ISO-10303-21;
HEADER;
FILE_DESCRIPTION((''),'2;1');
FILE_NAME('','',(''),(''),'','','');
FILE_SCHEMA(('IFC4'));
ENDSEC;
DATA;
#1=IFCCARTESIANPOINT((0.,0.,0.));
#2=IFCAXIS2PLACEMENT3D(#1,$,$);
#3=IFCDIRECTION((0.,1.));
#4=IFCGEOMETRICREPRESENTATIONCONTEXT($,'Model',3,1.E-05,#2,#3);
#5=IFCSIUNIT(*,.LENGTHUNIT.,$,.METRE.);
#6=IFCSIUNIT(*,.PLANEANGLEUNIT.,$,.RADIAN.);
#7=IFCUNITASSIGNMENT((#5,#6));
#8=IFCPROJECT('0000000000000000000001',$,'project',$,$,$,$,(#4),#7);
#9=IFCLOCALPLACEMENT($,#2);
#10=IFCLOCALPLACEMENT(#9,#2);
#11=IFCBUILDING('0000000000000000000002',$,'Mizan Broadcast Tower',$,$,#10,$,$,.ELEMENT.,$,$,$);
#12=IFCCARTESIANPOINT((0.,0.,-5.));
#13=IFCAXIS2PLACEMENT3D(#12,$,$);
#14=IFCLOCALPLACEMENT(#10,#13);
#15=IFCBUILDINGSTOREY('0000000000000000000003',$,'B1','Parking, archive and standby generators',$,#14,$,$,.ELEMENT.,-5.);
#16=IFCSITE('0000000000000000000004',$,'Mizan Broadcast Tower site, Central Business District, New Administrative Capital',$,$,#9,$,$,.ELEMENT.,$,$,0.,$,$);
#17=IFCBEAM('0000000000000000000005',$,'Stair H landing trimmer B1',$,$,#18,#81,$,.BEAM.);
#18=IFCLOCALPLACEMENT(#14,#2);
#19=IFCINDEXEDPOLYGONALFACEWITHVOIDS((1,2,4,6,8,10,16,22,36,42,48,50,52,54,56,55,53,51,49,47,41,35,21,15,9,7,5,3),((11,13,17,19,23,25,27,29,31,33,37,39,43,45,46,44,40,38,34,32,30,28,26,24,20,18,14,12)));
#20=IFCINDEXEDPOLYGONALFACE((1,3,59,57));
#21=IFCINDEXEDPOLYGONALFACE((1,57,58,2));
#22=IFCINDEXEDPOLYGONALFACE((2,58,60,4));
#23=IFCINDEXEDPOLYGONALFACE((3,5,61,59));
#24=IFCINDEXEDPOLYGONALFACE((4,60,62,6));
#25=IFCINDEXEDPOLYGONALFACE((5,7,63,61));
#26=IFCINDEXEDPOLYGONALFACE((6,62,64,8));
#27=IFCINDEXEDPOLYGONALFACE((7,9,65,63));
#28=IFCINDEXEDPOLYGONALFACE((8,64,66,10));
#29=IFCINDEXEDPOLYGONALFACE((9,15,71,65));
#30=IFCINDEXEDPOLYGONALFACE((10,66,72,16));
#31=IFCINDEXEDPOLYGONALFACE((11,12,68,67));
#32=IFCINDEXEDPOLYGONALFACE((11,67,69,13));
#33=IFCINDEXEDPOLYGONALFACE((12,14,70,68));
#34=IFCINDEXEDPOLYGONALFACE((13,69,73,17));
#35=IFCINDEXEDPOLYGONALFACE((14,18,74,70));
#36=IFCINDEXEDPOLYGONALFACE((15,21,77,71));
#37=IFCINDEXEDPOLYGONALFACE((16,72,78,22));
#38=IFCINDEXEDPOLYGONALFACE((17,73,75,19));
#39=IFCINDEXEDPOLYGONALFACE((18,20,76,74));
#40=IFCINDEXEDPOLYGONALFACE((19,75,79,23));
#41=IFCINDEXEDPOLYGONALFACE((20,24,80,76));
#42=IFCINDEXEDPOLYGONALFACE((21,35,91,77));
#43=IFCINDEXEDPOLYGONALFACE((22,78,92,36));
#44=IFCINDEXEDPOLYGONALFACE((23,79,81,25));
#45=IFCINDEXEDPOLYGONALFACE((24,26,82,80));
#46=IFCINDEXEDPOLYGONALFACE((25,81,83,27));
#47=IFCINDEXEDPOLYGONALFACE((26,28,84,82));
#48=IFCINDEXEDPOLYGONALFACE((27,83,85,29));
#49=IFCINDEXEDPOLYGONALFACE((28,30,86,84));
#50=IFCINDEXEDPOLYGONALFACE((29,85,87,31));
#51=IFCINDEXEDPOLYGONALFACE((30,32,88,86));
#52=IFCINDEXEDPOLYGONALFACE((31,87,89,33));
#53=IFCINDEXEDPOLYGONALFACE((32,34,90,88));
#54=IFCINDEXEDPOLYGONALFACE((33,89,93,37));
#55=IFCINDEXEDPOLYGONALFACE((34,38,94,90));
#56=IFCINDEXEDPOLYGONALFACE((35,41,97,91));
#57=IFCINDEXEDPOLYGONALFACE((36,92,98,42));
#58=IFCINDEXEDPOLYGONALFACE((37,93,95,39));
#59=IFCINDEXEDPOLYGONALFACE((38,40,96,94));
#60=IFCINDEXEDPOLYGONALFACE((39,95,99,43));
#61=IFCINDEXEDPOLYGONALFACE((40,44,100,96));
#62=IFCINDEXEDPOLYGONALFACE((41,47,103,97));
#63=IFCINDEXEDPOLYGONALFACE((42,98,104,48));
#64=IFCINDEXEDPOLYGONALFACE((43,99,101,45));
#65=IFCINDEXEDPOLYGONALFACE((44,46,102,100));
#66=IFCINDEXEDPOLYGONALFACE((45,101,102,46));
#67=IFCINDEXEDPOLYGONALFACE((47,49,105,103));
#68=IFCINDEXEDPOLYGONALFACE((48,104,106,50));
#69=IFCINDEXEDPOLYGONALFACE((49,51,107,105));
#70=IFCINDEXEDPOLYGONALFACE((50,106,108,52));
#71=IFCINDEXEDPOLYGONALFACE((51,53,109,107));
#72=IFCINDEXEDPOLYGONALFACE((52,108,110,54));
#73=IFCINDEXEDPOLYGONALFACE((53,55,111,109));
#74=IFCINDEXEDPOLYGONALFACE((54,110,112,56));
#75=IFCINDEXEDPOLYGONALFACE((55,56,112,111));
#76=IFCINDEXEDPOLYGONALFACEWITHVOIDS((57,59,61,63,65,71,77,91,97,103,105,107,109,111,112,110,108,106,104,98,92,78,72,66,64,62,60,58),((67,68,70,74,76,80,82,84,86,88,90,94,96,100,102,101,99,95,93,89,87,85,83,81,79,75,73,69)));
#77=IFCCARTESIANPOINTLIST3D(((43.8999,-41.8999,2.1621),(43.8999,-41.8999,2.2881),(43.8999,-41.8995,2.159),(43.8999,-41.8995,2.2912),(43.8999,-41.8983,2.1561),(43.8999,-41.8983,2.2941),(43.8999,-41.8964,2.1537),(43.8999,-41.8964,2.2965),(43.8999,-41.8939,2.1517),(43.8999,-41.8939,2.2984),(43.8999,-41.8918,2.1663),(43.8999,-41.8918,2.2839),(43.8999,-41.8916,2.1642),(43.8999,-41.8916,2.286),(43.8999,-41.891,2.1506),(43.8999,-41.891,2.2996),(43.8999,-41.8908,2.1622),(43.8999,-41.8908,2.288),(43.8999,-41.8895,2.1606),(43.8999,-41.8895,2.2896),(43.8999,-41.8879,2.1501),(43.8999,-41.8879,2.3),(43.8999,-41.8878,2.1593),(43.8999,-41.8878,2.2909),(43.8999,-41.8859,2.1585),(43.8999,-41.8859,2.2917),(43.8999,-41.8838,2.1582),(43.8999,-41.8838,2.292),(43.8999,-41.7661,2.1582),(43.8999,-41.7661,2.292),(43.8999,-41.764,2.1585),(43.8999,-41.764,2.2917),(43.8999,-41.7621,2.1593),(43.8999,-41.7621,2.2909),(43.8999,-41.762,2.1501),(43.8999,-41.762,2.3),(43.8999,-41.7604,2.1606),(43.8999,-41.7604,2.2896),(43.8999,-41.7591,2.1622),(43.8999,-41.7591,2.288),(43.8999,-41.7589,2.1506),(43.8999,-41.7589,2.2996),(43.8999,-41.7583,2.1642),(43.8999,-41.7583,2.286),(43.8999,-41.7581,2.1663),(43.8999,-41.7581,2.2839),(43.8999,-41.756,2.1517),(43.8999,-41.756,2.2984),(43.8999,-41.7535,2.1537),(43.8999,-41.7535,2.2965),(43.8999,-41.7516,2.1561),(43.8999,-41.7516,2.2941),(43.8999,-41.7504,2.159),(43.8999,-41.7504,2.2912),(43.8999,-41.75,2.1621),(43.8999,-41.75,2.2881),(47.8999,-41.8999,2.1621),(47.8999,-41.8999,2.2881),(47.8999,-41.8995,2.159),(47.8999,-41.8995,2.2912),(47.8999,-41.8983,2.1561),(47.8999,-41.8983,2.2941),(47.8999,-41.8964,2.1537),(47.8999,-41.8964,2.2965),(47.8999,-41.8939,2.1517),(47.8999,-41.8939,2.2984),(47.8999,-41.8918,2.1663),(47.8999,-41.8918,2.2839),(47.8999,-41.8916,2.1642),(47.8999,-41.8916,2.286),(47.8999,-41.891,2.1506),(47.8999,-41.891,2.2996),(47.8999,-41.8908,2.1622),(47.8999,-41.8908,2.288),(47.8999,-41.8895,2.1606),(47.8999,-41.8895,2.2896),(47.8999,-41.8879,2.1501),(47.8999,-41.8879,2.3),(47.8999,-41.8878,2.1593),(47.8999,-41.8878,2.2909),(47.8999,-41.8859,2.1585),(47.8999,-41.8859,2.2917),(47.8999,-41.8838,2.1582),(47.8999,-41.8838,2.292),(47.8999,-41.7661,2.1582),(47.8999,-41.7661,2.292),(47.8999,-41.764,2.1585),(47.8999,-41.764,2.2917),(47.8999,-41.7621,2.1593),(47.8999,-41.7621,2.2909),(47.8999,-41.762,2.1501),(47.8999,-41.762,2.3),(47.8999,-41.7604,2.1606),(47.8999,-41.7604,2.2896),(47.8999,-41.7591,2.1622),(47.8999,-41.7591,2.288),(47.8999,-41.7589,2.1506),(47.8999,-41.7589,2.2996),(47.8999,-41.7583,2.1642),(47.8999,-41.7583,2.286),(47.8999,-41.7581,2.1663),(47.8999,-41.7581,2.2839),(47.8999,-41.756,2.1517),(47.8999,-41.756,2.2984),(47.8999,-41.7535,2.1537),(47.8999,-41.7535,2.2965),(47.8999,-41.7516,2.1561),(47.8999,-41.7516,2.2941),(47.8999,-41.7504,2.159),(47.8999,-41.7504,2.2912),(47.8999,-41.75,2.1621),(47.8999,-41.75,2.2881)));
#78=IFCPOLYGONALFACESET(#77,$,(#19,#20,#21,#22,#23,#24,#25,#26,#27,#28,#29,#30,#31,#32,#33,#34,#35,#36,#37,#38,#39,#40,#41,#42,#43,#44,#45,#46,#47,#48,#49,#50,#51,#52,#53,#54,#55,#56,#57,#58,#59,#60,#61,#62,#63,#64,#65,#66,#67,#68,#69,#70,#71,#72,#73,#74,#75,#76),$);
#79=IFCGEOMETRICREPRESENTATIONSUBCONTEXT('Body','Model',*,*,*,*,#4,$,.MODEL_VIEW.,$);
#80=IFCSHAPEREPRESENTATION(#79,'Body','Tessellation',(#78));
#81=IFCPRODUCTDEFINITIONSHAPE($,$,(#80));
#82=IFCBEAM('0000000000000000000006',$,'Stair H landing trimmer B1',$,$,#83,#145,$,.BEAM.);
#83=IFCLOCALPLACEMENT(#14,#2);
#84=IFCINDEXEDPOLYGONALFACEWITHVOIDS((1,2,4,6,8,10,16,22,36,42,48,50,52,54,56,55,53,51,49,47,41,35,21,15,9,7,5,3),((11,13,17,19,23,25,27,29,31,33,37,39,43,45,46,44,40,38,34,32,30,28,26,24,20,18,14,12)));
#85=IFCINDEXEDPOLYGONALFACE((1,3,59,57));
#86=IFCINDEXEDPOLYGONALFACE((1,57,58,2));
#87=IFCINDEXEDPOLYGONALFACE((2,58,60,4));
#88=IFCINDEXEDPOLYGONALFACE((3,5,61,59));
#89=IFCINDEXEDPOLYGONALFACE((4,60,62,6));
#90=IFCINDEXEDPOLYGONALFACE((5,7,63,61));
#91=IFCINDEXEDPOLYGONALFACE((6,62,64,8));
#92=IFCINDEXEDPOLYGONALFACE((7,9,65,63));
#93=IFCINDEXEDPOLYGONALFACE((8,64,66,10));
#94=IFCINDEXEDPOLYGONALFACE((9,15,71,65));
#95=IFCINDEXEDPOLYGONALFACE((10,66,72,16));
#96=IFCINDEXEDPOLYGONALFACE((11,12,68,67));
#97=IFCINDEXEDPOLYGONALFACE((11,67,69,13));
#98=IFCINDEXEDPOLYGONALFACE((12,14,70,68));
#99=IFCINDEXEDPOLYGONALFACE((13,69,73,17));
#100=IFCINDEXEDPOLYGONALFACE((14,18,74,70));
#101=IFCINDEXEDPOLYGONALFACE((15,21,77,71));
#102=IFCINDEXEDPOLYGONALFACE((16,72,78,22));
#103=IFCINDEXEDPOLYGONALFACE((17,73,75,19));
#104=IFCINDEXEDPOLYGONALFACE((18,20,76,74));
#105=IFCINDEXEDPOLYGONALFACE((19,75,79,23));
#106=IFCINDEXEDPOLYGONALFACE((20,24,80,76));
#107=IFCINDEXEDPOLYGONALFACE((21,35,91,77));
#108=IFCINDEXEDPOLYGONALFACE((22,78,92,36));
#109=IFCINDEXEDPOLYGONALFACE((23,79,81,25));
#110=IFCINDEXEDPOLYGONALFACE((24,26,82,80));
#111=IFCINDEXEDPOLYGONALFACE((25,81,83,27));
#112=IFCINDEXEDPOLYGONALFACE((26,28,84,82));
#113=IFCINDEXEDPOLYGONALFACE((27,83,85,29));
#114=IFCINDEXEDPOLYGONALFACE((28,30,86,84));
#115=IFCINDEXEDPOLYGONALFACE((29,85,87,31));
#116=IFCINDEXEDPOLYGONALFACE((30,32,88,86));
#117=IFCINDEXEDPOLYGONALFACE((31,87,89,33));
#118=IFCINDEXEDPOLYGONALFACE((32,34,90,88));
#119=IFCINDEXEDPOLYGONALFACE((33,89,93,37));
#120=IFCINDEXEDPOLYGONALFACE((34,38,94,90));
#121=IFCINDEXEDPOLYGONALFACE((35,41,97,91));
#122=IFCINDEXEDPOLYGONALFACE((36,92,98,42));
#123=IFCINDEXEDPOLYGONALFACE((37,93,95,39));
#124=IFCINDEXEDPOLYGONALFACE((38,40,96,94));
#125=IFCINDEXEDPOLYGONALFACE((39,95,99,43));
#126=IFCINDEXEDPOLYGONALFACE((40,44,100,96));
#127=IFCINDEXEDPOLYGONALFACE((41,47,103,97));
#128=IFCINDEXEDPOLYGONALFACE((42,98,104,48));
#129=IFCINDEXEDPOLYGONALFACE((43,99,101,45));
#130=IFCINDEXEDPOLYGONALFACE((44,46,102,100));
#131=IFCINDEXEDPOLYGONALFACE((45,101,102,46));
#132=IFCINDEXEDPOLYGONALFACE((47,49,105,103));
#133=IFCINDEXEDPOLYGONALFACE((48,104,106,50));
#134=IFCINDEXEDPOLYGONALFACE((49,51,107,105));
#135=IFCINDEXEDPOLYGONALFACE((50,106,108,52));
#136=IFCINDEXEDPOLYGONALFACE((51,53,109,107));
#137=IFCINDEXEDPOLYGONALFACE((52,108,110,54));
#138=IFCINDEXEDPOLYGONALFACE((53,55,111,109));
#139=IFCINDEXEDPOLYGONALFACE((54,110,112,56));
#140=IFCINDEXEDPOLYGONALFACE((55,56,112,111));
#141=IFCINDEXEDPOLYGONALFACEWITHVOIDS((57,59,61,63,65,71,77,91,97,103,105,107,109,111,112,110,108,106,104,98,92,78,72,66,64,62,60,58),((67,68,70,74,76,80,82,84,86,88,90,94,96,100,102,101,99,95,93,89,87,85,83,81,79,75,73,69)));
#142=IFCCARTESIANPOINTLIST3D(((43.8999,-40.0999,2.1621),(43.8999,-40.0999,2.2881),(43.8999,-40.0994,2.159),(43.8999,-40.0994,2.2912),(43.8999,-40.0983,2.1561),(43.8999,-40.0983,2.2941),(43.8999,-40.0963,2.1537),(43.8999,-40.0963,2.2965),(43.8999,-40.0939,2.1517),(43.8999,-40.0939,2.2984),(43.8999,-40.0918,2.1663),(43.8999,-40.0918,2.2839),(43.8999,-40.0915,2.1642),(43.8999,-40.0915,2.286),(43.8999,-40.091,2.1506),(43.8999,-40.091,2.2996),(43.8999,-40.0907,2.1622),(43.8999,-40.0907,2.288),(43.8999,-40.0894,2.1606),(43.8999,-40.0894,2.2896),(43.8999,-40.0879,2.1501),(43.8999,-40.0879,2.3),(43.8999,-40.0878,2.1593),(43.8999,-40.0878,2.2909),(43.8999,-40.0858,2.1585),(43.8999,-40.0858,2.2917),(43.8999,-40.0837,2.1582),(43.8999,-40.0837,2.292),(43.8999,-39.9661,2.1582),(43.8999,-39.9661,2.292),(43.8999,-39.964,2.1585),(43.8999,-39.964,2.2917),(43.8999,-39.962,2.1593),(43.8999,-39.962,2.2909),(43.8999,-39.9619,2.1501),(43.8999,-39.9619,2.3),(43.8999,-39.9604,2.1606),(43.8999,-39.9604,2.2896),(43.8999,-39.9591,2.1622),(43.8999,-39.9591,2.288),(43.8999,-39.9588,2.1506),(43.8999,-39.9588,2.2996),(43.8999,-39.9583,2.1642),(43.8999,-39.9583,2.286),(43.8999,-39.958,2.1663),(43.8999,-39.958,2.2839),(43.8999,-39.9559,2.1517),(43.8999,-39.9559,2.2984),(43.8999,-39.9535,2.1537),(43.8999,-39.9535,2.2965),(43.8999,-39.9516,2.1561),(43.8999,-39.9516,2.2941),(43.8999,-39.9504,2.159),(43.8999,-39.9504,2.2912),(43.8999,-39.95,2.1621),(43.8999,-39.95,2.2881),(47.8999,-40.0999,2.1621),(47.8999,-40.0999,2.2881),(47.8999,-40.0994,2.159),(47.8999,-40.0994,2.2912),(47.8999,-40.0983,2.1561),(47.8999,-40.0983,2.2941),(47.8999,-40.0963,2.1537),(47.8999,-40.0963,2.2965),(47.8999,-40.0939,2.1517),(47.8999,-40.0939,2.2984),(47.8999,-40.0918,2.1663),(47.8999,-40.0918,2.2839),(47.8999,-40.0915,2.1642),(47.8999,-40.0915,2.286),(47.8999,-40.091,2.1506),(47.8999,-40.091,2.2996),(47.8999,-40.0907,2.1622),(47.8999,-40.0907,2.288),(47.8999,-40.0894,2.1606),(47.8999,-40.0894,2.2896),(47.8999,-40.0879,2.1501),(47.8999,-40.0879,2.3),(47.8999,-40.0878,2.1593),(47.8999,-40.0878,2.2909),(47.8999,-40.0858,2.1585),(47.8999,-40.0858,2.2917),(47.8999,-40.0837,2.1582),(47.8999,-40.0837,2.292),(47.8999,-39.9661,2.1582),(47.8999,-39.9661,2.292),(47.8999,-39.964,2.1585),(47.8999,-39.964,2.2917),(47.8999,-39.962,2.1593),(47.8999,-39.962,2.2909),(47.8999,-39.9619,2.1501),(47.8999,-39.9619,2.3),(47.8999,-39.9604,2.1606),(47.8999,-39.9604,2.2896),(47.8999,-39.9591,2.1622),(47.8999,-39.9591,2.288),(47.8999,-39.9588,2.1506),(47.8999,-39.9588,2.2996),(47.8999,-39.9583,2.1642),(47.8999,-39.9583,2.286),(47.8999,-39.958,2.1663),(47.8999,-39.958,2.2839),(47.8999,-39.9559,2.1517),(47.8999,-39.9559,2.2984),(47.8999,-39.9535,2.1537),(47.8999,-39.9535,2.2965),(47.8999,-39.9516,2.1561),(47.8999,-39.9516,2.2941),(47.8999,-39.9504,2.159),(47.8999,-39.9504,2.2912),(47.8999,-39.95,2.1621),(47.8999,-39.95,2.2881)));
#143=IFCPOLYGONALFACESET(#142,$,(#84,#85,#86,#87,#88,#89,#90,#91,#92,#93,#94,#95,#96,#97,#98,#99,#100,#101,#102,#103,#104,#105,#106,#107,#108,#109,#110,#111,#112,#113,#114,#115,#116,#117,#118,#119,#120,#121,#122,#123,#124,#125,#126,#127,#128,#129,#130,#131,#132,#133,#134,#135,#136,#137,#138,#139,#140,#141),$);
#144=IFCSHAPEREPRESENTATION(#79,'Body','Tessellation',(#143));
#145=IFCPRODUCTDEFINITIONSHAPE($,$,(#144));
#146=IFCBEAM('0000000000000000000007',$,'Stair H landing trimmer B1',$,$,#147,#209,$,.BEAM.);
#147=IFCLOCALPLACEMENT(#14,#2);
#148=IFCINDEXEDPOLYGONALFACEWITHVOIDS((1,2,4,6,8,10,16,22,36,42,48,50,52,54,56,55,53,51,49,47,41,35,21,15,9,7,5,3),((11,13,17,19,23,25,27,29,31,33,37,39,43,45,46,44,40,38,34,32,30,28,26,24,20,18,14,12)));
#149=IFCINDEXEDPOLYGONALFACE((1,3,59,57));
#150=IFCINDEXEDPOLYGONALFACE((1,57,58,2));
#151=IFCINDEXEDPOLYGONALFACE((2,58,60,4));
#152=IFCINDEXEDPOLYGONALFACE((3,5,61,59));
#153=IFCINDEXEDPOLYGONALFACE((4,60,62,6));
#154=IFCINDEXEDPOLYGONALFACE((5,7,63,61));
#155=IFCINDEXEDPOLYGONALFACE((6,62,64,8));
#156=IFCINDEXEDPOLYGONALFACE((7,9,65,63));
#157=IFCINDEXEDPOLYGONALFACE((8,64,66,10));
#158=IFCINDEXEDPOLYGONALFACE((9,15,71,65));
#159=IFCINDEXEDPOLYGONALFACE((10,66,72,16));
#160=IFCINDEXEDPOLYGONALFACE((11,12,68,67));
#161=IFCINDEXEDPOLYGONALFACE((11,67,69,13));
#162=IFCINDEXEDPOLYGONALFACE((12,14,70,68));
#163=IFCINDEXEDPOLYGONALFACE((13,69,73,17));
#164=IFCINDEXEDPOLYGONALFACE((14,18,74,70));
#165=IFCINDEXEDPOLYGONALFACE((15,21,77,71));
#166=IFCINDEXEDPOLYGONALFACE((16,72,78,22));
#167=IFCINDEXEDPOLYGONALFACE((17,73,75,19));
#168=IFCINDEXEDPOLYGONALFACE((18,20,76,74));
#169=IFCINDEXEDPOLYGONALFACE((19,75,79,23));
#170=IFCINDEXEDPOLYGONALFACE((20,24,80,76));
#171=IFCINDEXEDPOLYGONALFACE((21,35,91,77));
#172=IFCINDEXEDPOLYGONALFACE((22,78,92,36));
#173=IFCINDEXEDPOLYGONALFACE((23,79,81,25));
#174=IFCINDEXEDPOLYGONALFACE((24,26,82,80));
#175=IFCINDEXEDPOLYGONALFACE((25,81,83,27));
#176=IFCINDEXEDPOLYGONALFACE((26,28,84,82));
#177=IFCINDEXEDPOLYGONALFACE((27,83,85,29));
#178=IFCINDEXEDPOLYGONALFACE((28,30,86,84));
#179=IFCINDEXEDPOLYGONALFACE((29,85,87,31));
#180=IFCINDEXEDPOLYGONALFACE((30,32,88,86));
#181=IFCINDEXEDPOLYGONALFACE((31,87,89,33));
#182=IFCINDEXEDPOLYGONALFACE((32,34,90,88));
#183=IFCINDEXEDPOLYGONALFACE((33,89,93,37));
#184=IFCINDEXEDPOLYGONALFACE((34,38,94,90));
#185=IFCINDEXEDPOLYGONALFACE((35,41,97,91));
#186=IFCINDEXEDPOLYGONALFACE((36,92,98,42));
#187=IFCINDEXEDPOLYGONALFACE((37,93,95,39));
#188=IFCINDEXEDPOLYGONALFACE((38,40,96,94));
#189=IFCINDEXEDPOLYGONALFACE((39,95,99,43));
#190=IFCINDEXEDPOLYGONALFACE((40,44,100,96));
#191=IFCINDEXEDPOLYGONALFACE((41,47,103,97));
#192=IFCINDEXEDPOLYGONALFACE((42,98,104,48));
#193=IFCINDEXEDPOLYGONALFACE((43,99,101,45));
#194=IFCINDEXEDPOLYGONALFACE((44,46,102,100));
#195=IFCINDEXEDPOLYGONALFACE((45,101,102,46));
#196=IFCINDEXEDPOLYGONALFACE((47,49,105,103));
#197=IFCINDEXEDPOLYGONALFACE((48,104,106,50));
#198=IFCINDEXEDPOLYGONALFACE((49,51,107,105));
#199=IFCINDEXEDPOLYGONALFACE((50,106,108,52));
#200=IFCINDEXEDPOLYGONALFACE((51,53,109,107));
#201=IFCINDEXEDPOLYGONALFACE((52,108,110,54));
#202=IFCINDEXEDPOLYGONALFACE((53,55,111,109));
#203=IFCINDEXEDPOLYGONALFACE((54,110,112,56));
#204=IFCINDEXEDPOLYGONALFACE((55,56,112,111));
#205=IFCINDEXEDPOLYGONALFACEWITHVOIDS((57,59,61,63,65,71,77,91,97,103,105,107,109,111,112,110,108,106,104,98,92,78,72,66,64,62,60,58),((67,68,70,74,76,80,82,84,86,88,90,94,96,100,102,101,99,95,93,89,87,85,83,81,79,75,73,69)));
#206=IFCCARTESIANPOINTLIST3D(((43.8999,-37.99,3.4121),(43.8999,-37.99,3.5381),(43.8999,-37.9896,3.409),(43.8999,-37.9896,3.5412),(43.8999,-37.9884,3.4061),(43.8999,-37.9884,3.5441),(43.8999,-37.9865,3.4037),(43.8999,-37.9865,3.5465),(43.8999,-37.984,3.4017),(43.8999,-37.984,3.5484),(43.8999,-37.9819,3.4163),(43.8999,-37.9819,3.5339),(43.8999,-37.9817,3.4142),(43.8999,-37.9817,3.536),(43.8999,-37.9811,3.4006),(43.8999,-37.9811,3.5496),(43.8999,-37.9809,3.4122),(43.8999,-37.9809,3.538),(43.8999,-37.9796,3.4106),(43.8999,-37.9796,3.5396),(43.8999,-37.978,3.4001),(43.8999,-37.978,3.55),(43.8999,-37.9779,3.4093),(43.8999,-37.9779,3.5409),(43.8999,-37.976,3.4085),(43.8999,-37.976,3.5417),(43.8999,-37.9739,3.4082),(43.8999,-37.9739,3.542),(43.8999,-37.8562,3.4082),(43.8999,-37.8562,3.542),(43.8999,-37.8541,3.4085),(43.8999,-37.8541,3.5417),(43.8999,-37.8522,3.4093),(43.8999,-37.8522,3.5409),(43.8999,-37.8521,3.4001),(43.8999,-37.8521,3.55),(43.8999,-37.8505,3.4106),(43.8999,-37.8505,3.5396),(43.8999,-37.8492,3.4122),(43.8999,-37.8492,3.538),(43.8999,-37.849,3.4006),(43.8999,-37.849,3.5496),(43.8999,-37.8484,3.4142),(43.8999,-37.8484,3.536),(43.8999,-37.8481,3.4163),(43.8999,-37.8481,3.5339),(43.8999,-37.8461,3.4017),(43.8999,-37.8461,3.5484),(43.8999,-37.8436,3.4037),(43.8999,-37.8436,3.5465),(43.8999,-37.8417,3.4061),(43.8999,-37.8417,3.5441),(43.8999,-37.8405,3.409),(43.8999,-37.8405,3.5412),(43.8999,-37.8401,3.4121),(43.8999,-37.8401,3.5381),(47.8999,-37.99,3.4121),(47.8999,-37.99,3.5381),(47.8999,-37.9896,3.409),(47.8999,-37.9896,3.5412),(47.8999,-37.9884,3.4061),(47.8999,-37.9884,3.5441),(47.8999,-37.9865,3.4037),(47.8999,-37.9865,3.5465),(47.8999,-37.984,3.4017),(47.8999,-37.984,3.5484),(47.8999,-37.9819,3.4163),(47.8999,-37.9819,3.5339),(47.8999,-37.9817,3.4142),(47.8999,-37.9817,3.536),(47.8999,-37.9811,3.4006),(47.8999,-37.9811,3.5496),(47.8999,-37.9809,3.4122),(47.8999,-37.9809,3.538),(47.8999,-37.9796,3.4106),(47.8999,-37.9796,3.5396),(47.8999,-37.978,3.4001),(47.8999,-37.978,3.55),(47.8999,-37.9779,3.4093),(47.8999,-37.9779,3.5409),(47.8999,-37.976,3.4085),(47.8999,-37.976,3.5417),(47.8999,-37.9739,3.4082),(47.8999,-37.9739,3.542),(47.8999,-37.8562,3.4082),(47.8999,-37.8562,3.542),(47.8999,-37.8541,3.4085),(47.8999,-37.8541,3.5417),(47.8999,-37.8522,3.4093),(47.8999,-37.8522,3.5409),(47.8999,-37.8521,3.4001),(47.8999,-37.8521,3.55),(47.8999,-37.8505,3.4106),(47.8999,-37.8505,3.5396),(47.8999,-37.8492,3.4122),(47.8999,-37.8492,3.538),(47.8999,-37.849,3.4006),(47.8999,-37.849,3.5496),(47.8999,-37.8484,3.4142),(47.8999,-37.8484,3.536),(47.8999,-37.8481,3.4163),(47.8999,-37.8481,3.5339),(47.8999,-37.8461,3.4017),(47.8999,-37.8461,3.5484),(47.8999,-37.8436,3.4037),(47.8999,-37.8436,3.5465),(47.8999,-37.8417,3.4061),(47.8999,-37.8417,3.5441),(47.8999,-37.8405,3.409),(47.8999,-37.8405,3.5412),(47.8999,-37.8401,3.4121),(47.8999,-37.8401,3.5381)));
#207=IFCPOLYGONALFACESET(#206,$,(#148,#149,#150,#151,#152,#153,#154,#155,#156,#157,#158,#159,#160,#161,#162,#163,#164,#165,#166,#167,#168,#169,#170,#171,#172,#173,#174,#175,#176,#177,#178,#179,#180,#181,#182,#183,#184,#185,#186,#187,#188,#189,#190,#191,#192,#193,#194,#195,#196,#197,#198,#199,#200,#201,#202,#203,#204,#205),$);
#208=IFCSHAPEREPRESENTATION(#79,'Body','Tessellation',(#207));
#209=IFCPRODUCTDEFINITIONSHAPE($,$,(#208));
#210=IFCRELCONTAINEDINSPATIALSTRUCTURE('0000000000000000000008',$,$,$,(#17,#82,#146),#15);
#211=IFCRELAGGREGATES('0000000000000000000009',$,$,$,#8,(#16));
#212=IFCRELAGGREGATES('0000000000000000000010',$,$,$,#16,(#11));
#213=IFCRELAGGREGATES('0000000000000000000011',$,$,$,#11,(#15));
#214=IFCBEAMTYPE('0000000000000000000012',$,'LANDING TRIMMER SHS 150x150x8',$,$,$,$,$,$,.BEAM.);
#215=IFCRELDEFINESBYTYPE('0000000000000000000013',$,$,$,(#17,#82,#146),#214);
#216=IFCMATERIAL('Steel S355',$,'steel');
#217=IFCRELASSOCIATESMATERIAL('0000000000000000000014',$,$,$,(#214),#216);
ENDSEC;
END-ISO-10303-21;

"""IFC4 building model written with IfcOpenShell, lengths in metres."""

from ifc_helpers import new_model, si_unit, direction, frame, origin, origin_2d, place, context, subcontext, project, spatial, hollow_rectangle, extrude, material, material_profile, profile_set, type_object, element, save


model = new_model("IFC4")

# Units and contexts
model_context = context("Model", 3, precision=1e-05, world=origin(), true_north=direction((0.0, 1.0)))
body_context = subcontext(model_context, "Body", "Model", "MODEL_VIEW")
ifc_project = project(units=[si_unit("LENGTHUNIT", "METRE"), si_unit("PLANEANGLEUNIT", "RADIAN")], contexts=[model_context])

# Site, building, storey
site_placement = place(None, origin())
site = spatial("IfcSite", under=ifc_project, at=site_placement, Name="Mizan Broadcast Tower site, Central Business District, New Administrative Capital", CompositionType="ELEMENT", RefElevation=0.0)
building_placement = place(site_placement, origin())
building = spatial("IfcBuilding", under=site, at=building_placement, Name="Mizan Broadcast Tower", CompositionType="ELEMENT")
storey_placement = place(building_placement, frame((0.0, 0.0, -5.0)))
storey = spatial("IfcBuildingStorey", under=building, at=storey_placement, Name="B1", Description="Parking, archive and standby generators", CompositionType="ELEMENT", Elevation=-5.0)

# Beams
ifc_material_1 = material(Name="Steel S355", Category="steel")
ifc_material_profile_1 = material_profile(ifc_material_1, hollow_rectangle(XDim=0.1499, YDim=0.1499, WallThickness=0.0081, InnerFilletRadius=0.0081, OuterFilletRadius=0.012, at=origin_2d()), Name="SHS 150x150x8")
ifc_profile_set_1 = profile_set([ifc_material_profile_1], Name="Steel S355")
beam_type_1 = type_object("IfcBeamType", Name="LANDING TRIMMER SHS 150x150x8", PredefinedType="BEAM", material=ifc_profile_set_1)
for number, where, z_axis, x_axis, name in (
    (1, (43.8999, -41.825, 2.2251), (1.0, 0.0, 0.0), (0.0, 1.0, 0.0), "Stair H landing trimmer B1"),
    (2, (43.8999, -40.0249, 2.2251), (1.0, 0.0, 0.0), (0.0, 1.0, 0.0), "Stair H landing trimmer B1"),
    (3, (43.8999, -37.915, 3.4751), (1.0, 0.0, 0.0), (0.0, 1.0, 0.0), "Stair H landing trimmer B1"),
):
    element("IfcBeam", number, at=place(storey_placement, frame(where, z_axis=z_axis, x_axis=x_axis)), inside=storey, type_object=beam_type_1, Name=name, PredefinedType="BEAM", context=body_context, shape_type="SweptSolid", body=[
        extrude(hollow_rectangle(XDim=0.1499, YDim=0.1499, WallThickness=0.0081, InnerFilletRadius=0.0081, OuterFilletRadius=0.012, at=origin_2d()), origin(), (0.0, 0.0, 1.0), 4.0),
    ])

save(model, "model.ifc")
